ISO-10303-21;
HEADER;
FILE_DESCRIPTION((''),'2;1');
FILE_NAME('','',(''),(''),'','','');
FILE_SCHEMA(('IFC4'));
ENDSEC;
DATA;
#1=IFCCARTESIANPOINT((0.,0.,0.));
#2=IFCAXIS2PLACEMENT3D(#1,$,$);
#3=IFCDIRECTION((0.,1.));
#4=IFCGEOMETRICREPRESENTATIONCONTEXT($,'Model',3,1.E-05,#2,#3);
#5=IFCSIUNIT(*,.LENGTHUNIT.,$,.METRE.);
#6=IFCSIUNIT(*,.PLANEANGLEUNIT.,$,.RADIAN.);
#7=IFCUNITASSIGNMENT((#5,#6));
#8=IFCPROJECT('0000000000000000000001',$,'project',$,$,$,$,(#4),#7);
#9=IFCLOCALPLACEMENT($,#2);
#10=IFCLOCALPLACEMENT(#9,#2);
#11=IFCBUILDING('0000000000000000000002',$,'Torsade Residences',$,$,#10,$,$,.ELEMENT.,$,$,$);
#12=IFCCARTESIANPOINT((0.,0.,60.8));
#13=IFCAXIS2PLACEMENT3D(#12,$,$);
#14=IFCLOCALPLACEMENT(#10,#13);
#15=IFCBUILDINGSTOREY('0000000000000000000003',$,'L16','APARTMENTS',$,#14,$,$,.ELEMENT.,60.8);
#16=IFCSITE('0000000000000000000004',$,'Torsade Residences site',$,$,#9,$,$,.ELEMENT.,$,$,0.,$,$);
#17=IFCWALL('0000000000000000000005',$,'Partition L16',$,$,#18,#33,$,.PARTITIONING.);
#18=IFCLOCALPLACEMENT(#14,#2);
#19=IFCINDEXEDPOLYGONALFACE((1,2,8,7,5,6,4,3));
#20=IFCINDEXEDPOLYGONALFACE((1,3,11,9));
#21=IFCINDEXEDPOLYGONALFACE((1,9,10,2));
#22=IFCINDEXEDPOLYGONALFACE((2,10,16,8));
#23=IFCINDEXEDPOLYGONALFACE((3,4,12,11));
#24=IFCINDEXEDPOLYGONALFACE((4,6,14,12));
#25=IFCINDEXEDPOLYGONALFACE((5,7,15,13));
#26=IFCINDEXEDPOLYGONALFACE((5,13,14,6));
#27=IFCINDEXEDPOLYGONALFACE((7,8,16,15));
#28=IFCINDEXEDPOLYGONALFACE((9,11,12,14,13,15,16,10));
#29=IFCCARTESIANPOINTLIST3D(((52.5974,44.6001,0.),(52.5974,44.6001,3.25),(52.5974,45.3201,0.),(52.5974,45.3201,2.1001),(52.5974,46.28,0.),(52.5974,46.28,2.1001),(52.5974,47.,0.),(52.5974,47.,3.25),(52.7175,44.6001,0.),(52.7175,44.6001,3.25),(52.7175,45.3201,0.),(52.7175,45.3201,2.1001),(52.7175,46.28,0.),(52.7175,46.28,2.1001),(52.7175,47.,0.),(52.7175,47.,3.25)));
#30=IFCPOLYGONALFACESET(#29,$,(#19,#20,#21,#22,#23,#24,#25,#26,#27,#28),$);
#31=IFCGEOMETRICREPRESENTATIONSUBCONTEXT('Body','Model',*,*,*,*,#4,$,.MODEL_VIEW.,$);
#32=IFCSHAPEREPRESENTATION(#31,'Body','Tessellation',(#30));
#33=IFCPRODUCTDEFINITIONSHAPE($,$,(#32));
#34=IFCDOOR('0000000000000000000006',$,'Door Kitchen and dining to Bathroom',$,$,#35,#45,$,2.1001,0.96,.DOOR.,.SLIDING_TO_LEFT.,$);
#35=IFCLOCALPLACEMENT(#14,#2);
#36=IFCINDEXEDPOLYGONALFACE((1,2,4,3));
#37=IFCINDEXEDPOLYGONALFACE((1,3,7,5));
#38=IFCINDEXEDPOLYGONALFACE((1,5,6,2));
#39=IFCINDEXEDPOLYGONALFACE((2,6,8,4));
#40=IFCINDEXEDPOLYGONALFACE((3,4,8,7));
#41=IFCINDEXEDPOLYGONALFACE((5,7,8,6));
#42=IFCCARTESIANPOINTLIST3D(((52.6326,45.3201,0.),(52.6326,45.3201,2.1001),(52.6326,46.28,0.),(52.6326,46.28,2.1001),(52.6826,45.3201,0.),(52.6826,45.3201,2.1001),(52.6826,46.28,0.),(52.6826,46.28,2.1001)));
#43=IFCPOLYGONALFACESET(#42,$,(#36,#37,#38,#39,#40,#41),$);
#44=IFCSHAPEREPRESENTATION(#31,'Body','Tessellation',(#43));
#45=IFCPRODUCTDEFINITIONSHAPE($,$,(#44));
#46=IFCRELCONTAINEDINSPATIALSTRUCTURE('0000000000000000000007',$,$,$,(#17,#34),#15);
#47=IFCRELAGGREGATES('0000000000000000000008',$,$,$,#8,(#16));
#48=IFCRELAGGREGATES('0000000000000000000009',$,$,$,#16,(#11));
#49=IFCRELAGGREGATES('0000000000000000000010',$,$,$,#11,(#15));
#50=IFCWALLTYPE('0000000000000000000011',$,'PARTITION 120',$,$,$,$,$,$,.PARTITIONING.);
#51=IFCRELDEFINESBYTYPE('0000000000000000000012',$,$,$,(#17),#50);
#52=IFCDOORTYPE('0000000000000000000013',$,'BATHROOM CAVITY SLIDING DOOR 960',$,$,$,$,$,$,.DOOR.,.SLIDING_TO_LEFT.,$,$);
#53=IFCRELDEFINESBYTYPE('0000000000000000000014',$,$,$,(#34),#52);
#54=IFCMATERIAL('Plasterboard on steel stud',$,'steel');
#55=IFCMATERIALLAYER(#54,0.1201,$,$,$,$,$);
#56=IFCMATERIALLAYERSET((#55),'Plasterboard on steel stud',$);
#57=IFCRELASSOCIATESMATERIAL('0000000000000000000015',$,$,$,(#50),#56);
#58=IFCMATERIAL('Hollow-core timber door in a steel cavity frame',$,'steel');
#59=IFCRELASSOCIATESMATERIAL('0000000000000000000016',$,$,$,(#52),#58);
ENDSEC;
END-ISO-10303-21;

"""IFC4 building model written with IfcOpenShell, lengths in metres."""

from ifc_helpers import new_model, si_unit, direction, frame, frame_2d, origin, place, context, subcontext, project, spatial, rectangle, extrude, material, layer, layer_set, type_object, element, fill, save


model = new_model("IFC4")

# Units and contexts
model_context = context("Model", 3, precision=1e-05, world=origin(), true_north=direction((0.0, 1.0)))
body_context = subcontext(model_context, "Body", "Model", "MODEL_VIEW")
ifc_project = project(units=[si_unit("LENGTHUNIT", "METRE"), si_unit("PLANEANGLEUNIT", "RADIAN")], contexts=[model_context])

# Site, building, storey
site_placement = place(None, origin())
site = spatial("IfcSite", under=ifc_project, at=site_placement, Name="Torsade Residences site", CompositionType="ELEMENT", RefElevation=0.0)
building_placement = place(site_placement, origin())
building = spatial("IfcBuilding", under=site, at=building_placement, Name="Torsade Residences", CompositionType="ELEMENT")
storey_placement = place(building_placement, frame((0.0, 0.0, 60.8)))
storey = spatial("IfcBuildingStorey", under=building, at=storey_placement, Name="L16", Description="APARTMENTS", CompositionType="ELEMENT", Elevation=60.8)

# Shared definitions
ifc_material_1 = material(Name="Plasterboard on steel stud", Category="steel")
ifc_layer_1 = layer(ifc_material_1, 0.1201)
ifc_layer_set_1 = layer_set([ifc_layer_1], Name="Plasterboard on steel stud")
wall_type_1 = type_object("IfcWallType", Name="PARTITION 120", PredefinedType="PARTITIONING", material=ifc_layer_set_1)

# Shared definitions
ifc_material_2 = material(Name="Hollow-core timber door in a steel cavity frame", Category="steel")
door_type_1 = type_object("IfcDoorType", Name="BATHROOM CAVITY SLIDING DOOR 960", OperationType="SLIDING_TO_LEFT", PredefinedType="DOOR", material=ifc_material_2)

# Wall, opening, door
wall_1_placement = place(storey_placement, frame((52.6575, 44.6001, 0.0), z_axis=(0.0, 0.0, 1.0), x_axis=(0.0, 1.0, 0.0)))
wall_1 = element("IfcWall", 1, at=wall_1_placement, inside=storey, type_object=wall_type_1, Name="Partition L16", PredefinedType="PARTITIONING", context=body_context, shape_type="SweptSolid", body=[
    extrude(rectangle(XDim=2.3999, YDim=0.1201, at=frame_2d((1.2, 0.0))), origin(), (0.0, 0.0, 1.0), 3.25),
])
opening_1_placement = place(wall_1_placement, frame((0.72, 0.0, 0.0)))
opening_1 = element("IfcOpeningElement", 2, at=opening_1_placement, cuts=wall_1, PredefinedType="OPENING", context=body_context, shape_type="SweptSolid", body=[
    extrude(rectangle(XDim=0.96, YDim=2.1001, at=frame_2d((0.48, 1.05))), frame((0.0, 0.0701, 0.0), z_axis=(0.0, -1.0, 0.0), x_axis=(1.0, 0.0, 0.0)), (0.0, 0.0, 1.0), 0.1401),
])
door_1_placement = place(opening_1_placement, origin())
door_1 = element("IfcDoor", 3, at=door_1_placement, inside=storey, type_object=door_type_1, Name="Door Kitchen and dining to Bathroom", OperationType="SLIDING_TO_LEFT", OverallHeight=2.1001, OverallWidth=0.96, PredefinedType="DOOR", context=body_context, shape_type="SweptSolid", body=[
    extrude(rectangle(XDim=0.96, YDim=2.1001, at=frame_2d((0.48, 1.05))), frame((0.0, 0.0249, 0.0), z_axis=(0.0, -1.0, 0.0), x_axis=(1.0, 0.0, 0.0)), (0.0, 0.0, 1.0), 0.05),
])
fill(opening_1, door_1)

save(model, "model.ifc")
